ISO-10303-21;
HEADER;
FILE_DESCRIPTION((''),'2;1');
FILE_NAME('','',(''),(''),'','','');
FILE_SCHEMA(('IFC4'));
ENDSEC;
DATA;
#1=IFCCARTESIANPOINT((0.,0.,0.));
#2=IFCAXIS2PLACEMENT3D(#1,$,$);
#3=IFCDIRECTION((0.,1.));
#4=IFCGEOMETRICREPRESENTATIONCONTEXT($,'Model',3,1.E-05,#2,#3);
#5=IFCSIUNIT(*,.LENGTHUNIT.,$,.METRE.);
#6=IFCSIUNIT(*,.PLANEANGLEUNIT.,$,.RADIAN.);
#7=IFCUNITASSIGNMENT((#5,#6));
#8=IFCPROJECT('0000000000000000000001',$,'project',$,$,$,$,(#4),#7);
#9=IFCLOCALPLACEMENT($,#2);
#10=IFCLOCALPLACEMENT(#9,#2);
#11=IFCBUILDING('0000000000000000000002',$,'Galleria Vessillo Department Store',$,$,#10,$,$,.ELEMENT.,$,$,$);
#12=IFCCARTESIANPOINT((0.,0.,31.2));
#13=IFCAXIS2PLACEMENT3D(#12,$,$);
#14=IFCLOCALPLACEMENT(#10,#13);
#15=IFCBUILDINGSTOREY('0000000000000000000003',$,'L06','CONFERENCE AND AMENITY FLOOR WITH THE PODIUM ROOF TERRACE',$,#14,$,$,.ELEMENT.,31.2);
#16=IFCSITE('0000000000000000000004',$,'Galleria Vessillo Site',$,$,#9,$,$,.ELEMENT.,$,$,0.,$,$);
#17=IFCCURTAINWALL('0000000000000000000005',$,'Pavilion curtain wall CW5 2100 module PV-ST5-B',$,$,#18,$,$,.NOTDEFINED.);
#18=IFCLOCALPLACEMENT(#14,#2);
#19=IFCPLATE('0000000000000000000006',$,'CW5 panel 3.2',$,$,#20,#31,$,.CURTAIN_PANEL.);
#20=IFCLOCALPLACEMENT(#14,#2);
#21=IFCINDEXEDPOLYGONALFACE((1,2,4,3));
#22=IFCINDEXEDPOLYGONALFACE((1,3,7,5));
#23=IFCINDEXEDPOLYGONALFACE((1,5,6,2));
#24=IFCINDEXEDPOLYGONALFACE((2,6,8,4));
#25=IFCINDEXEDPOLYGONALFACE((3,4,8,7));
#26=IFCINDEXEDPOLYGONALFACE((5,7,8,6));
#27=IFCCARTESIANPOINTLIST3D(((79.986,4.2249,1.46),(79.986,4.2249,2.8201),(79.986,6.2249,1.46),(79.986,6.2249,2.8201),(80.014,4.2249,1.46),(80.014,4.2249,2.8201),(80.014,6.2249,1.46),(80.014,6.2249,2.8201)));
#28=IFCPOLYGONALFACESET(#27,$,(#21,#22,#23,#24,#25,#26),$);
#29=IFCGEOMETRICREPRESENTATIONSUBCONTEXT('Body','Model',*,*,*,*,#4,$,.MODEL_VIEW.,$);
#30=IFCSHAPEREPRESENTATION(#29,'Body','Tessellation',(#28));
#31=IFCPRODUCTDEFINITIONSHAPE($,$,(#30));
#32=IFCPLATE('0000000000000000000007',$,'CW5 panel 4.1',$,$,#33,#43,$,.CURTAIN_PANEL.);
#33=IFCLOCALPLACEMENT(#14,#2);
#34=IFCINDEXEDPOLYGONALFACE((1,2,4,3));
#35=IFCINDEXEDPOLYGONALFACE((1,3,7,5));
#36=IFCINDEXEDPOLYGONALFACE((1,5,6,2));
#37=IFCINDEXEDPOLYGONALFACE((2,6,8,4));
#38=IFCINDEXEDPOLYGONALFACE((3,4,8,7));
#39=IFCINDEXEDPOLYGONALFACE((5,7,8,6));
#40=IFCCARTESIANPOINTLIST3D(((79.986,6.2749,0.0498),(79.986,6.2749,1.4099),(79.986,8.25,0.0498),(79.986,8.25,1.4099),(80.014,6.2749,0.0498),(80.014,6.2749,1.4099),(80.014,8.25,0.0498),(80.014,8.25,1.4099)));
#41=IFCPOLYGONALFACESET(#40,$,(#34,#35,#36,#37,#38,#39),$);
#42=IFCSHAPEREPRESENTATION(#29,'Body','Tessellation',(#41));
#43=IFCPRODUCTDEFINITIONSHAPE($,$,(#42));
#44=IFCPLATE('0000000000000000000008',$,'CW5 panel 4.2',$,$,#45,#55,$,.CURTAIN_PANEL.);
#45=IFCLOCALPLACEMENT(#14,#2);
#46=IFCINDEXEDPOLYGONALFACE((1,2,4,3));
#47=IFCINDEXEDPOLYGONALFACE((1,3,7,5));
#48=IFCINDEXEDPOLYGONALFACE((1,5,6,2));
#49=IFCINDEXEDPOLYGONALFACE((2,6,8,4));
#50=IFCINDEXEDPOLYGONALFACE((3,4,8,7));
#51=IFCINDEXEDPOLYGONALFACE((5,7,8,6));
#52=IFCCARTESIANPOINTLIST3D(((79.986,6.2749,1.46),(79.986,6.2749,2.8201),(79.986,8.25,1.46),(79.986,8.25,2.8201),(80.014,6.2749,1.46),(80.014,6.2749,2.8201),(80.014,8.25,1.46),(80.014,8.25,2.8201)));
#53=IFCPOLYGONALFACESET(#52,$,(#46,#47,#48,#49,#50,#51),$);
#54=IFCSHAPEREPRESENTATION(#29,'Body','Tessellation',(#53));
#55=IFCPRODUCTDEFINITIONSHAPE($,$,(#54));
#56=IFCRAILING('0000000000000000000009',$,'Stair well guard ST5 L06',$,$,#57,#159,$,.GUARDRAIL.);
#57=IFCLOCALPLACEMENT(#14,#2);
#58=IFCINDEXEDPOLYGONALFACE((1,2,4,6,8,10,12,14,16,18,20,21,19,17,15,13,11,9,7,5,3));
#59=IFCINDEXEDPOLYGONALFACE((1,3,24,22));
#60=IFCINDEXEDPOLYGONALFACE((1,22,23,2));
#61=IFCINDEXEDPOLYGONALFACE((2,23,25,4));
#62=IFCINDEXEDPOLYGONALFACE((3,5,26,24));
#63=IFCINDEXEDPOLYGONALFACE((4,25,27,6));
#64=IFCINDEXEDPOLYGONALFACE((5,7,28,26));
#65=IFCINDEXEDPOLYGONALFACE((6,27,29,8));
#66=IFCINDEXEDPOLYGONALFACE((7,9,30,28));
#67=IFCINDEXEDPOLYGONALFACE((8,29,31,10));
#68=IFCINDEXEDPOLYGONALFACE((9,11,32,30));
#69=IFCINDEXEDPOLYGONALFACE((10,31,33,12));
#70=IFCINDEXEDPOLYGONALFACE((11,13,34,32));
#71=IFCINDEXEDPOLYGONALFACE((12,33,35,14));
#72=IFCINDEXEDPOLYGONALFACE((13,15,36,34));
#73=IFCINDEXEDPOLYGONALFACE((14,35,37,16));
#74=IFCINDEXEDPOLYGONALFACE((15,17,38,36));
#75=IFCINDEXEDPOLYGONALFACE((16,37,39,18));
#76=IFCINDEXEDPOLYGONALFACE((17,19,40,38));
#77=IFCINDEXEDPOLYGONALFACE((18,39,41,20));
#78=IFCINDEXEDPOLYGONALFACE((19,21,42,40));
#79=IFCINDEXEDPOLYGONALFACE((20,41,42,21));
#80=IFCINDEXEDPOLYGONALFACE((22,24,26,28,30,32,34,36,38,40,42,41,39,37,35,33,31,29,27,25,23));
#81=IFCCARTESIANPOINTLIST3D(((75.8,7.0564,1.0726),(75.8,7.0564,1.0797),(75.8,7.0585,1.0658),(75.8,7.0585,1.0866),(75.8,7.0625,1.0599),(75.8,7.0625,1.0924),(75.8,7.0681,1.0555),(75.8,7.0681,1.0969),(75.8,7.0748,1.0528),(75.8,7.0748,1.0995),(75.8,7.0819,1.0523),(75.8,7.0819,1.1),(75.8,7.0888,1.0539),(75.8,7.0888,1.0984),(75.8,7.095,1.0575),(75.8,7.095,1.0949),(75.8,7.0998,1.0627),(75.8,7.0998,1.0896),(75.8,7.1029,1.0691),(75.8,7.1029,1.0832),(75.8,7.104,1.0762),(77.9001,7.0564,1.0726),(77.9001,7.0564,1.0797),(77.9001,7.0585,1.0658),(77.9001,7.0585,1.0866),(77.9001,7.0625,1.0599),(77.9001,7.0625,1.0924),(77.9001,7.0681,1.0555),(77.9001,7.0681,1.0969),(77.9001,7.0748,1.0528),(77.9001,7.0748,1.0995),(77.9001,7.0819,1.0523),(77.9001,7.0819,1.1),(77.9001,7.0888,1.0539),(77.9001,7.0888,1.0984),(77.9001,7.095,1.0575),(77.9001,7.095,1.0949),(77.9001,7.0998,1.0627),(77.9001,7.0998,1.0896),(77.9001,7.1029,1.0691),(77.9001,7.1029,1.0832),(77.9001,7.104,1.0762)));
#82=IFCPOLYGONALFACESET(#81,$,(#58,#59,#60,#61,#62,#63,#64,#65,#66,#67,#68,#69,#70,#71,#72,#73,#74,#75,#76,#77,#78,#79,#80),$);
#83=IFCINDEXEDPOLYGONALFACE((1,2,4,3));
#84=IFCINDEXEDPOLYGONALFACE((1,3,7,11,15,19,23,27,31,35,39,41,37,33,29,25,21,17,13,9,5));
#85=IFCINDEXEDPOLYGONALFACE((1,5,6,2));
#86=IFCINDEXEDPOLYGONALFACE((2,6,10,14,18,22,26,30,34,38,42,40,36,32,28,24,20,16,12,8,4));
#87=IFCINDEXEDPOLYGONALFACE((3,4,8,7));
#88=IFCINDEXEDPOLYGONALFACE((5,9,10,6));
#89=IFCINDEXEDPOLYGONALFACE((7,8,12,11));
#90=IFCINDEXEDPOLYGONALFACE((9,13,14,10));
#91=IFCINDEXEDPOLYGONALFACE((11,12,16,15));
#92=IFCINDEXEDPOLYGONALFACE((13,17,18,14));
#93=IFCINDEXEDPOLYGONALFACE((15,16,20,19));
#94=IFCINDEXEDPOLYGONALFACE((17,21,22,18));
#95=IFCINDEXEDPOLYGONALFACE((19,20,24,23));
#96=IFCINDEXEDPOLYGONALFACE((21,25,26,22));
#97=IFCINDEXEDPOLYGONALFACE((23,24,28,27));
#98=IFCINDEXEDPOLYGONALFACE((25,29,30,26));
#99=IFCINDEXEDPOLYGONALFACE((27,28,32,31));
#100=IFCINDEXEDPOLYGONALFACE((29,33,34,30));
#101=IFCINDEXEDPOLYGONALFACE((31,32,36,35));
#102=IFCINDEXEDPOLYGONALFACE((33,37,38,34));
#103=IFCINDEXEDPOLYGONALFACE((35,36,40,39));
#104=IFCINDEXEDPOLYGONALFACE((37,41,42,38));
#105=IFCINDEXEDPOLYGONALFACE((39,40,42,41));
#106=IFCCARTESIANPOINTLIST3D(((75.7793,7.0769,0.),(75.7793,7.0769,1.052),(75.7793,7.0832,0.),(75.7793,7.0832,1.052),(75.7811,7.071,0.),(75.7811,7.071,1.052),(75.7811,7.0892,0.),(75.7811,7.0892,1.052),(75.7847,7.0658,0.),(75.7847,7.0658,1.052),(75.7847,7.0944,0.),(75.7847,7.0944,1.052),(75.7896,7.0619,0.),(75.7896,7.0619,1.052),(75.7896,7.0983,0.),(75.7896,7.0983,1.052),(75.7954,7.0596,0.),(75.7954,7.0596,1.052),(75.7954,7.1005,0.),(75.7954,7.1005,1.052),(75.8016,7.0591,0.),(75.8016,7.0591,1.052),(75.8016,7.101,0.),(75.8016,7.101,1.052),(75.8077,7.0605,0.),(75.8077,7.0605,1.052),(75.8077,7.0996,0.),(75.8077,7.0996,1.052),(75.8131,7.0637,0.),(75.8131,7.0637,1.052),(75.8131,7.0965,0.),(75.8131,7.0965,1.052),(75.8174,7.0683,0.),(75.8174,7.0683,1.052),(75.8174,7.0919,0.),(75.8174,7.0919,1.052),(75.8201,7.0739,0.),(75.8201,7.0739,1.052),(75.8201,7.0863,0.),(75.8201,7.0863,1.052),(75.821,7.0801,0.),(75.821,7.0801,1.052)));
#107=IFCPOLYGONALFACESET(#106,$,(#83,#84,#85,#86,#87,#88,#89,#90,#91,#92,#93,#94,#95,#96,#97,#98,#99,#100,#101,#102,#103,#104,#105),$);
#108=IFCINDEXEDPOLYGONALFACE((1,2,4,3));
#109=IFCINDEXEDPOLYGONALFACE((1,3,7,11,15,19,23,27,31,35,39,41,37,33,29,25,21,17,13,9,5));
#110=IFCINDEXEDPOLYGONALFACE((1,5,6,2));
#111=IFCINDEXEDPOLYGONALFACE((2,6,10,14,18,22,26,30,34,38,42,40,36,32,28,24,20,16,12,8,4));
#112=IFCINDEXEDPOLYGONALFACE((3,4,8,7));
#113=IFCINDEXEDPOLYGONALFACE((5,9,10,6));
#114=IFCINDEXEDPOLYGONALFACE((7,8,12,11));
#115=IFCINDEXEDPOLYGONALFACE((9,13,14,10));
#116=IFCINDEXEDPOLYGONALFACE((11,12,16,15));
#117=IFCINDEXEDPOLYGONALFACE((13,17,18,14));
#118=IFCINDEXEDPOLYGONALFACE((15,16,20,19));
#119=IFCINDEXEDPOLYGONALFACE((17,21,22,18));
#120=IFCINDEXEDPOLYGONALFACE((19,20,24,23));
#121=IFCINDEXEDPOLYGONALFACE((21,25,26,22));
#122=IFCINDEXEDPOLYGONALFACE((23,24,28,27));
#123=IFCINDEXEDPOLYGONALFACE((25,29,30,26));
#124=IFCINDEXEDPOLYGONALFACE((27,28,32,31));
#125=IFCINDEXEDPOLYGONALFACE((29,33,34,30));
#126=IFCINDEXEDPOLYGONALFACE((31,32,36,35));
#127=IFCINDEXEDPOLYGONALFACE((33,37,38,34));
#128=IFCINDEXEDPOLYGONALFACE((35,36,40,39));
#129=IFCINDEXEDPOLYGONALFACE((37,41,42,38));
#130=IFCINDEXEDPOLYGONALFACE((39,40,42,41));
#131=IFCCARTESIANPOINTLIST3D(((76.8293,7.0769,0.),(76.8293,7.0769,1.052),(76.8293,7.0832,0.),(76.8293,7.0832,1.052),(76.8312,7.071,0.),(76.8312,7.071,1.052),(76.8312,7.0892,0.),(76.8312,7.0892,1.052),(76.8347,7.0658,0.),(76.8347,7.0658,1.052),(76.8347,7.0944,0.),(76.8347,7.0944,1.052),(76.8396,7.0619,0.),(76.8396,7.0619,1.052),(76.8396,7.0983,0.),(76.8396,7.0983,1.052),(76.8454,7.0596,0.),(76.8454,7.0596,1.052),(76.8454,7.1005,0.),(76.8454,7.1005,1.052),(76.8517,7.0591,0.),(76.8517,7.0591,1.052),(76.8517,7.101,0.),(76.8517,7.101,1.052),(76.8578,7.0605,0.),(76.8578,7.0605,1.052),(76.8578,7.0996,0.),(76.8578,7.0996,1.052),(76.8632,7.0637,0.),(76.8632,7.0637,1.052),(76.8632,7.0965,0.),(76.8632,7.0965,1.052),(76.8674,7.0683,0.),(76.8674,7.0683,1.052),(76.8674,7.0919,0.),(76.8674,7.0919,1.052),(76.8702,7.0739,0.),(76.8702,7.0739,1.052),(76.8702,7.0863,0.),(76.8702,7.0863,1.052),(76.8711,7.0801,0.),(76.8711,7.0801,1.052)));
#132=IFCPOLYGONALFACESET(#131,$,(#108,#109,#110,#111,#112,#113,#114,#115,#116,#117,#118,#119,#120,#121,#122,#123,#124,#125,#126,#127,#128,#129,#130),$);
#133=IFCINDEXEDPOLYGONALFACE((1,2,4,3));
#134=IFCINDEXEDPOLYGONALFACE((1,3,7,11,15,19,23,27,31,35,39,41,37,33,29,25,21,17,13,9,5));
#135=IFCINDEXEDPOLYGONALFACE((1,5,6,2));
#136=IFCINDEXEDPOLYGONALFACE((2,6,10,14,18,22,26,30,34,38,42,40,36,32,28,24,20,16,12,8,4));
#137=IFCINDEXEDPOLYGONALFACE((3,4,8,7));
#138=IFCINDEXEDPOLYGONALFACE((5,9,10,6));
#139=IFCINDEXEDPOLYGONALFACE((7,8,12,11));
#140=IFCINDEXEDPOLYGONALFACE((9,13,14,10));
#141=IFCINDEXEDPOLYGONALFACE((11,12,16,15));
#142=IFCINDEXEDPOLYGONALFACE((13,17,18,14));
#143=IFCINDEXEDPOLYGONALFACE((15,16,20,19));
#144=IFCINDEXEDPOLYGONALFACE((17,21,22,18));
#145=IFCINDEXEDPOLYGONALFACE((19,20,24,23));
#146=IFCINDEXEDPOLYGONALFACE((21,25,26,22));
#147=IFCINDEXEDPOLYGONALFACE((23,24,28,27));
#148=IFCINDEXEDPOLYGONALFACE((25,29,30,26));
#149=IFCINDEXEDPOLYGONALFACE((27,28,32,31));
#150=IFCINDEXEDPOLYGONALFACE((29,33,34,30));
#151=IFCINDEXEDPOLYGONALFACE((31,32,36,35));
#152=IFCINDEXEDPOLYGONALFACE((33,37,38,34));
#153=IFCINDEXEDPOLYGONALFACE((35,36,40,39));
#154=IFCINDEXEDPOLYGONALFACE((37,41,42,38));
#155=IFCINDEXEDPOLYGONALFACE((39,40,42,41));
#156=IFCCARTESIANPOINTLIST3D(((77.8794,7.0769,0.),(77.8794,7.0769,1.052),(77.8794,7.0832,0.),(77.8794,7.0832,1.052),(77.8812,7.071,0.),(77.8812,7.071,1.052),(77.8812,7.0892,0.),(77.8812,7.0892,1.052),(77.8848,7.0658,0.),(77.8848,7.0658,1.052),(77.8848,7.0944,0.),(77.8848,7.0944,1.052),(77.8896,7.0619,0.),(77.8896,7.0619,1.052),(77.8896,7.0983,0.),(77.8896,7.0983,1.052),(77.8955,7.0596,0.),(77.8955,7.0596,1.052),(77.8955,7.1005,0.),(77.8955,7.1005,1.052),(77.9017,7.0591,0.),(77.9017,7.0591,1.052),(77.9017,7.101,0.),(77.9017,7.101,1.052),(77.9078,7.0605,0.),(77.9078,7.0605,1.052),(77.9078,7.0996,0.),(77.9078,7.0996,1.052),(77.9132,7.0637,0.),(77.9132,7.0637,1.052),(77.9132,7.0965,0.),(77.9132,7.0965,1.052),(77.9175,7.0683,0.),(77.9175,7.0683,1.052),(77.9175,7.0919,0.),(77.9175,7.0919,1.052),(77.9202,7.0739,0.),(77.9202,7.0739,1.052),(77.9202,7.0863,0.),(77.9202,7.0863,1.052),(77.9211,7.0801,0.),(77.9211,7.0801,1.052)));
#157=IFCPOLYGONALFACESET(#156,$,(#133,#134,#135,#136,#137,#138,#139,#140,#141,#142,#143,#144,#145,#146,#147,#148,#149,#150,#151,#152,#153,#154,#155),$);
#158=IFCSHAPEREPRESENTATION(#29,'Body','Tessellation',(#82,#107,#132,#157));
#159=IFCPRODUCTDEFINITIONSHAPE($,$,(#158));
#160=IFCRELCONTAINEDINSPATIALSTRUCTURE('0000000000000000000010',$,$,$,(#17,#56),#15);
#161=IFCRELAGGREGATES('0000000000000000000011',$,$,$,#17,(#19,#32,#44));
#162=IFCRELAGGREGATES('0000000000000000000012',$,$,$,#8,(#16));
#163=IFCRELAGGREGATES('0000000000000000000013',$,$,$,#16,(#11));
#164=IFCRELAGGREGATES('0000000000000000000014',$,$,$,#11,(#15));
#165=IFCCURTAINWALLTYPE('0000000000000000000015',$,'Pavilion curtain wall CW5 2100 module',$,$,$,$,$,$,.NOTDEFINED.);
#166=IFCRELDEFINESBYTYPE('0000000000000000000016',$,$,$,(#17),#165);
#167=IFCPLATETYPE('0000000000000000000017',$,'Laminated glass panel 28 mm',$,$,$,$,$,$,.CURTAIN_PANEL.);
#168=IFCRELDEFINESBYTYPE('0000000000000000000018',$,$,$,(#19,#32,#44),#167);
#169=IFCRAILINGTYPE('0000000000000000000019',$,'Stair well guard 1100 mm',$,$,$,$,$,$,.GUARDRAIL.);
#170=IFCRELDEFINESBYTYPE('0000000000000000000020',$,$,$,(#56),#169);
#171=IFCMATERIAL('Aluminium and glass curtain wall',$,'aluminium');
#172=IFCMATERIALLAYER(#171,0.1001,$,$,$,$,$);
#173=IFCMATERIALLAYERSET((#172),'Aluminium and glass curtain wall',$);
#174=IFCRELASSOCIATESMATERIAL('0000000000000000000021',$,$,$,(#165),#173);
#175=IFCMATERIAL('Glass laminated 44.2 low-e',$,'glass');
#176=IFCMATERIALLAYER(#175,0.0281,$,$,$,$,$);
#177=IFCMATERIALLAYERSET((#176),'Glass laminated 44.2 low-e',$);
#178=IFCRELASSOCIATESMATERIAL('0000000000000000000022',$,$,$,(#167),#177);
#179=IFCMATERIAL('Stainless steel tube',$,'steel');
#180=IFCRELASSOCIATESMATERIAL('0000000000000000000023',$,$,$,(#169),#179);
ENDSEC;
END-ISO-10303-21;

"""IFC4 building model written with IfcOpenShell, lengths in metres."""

from ifc_helpers import new_model, si_unit, direction, frame, origin, origin_2d, place, context, subcontext, project, spatial, rectangle, circle, extrude, material, layer, layer_set, type_object, element, aggregate, save


model = new_model("IFC4")

# Units and contexts
model_context = context("Model", 3, precision=1e-05, world=origin(), true_north=direction((0.0, 1.0)))
body_context = subcontext(model_context, "Body", "Model", "MODEL_VIEW")
ifc_project = project(units=[si_unit("LENGTHUNIT", "METRE"), si_unit("PLANEANGLEUNIT", "RADIAN")], contexts=[model_context])

# Site, building, storey
site_placement = place(None, origin())
site = spatial("IfcSite", under=ifc_project, at=site_placement, Name="Galleria Vessillo Site", CompositionType="ELEMENT", RefElevation=0.0)
building_placement = place(site_placement, origin())
building = spatial("IfcBuilding", under=site, at=building_placement, Name="Galleria Vessillo Department Store", CompositionType="ELEMENT")
storey_placement = place(building_placement, frame((0.0, 0.0, 31.2)))
storey = spatial("IfcBuildingStorey", under=building, at=storey_placement, Name="L06", Description="CONFERENCE AND AMENITY FLOOR WITH THE PODIUM ROOF TERRACE", CompositionType="ELEMENT", Elevation=31.2)

# Curtain wall
ifc_material_1 = material(Name="Aluminium and glass curtain wall", Category="aluminium")
ifc_layer_1 = layer(ifc_material_1, 0.1001)
ifc_layer_set_1 = layer_set([ifc_layer_1], Name="Aluminium and glass curtain wall")
curtain_wall_type = type_object("IfcCurtainWallType", Name="Pavilion curtain wall CW5 2100 module", PredefinedType="NOTDEFINED", material=ifc_layer_set_1)
curtain_wall_placement = place(storey_placement, origin())
curtain_wall = element("IfcCurtainWall", 1, at=curtain_wall_placement, inside=storey, type_object=curtain_wall_type, Name="Pavilion curtain wall CW5 2100 module PV-ST5-B", PredefinedType="NOTDEFINED")

# Plates
ifc_material_2 = material(Name="Glass laminated 44.2 low-e", Category="glass")
ifc_layer_2 = layer(ifc_material_2, 0.0281)
ifc_layer_set_2 = layer_set([ifc_layer_2], Name="Glass laminated 44.2 low-e")
plate_type = type_object("IfcPlateType", Name="Laminated glass panel 28 mm", PredefinedType="CURTAIN_PANEL", material=ifc_layer_set_2)
plate_1_placement = place(storey_placement, frame((80.0, 5.2249, 1.46), z_axis=(0.0, 0.0, 1.0), x_axis=(0.0, 1.0, 0.0)))
plate_1 = element("IfcPlate", 2, at=plate_1_placement, type_object=plate_type, Name="CW5 panel 3.2", PredefinedType="CURTAIN_PANEL", context=body_context, shape_type="SweptSolid", body=[
    extrude(rectangle(XDim=2.0, YDim=0.0281, at=origin_2d()), origin(), (0.0, 0.0, 1.0), 1.3601),
])
plate_2_placement = place(storey_placement, frame((80.0, 7.2625, 0.0498), z_axis=(0.0, 0.0, 1.0), x_axis=(0.0, 1.0, 0.0)))
plate_2 = element("IfcPlate", 3, at=plate_2_placement, type_object=plate_type, Name="CW5 panel 4.1", PredefinedType="CURTAIN_PANEL", context=body_context, shape_type="SweptSolid", body=[
    extrude(rectangle(XDim=1.9751, YDim=0.0281, at=origin_2d()), origin(), (0.0, 0.0, 1.0), 1.3601),
])
plate_3_placement = place(storey_placement, frame((80.0, 7.2625, 1.46), z_axis=(0.0, 0.0, 1.0), x_axis=(0.0, 1.0, 0.0)))
plate_3 = element("IfcPlate", 4, at=plate_3_placement, type_object=plate_type, Name="CW5 panel 4.2", PredefinedType="CURTAIN_PANEL", context=body_context, shape_type="SweptSolid", body=[
    extrude(rectangle(XDim=1.9751, YDim=0.0281, at=origin_2d()), origin(), (0.0, 0.0, 1.0), 1.3601),
])
aggregate(curtain_wall, [plate_1, plate_2, plate_3])

# Railing
ifc_material_3 = material(Name="Stainless steel tube", Category="steel")
railing_type = type_object("IfcRailingType", Name="Stair well guard 1100 mm", PredefinedType="GUARDRAIL", material=ifc_material_3)
railing_placement = place(storey_placement, frame((75.8, 7.0801, 0.0)))
element("IfcRailing", 5, at=railing_placement, inside=storey, type_object=railing_type, Name="Stair well guard ST5 L06", PredefinedType="GUARDRAIL", context=body_context, shape_type="SweptSolid", body=[
    extrude(circle(Radius=0.0239, at=origin_2d()), frame((0.0, 0.0, 1.0762), z_axis=(1.0, 0.0, 0.0), x_axis=(0.0, 1.0, 0.0)), (0.0, 0.0, 1.0), 2.1001),
    extrude(circle(Radius=0.021, at=origin_2d()), origin(), (0.0, 0.0, 1.0), 1.052),
    extrude(circle(Radius=0.021, at=origin_2d()), frame((1.05, 0.0, 0.0)), (0.0, 0.0, 1.0), 1.052),
    extrude(circle(Radius=0.021, at=origin_2d()), frame((2.1001, 0.0, 0.0)), (0.0, 0.0, 1.0), 1.052),
])

save(model, "model.ifc")
